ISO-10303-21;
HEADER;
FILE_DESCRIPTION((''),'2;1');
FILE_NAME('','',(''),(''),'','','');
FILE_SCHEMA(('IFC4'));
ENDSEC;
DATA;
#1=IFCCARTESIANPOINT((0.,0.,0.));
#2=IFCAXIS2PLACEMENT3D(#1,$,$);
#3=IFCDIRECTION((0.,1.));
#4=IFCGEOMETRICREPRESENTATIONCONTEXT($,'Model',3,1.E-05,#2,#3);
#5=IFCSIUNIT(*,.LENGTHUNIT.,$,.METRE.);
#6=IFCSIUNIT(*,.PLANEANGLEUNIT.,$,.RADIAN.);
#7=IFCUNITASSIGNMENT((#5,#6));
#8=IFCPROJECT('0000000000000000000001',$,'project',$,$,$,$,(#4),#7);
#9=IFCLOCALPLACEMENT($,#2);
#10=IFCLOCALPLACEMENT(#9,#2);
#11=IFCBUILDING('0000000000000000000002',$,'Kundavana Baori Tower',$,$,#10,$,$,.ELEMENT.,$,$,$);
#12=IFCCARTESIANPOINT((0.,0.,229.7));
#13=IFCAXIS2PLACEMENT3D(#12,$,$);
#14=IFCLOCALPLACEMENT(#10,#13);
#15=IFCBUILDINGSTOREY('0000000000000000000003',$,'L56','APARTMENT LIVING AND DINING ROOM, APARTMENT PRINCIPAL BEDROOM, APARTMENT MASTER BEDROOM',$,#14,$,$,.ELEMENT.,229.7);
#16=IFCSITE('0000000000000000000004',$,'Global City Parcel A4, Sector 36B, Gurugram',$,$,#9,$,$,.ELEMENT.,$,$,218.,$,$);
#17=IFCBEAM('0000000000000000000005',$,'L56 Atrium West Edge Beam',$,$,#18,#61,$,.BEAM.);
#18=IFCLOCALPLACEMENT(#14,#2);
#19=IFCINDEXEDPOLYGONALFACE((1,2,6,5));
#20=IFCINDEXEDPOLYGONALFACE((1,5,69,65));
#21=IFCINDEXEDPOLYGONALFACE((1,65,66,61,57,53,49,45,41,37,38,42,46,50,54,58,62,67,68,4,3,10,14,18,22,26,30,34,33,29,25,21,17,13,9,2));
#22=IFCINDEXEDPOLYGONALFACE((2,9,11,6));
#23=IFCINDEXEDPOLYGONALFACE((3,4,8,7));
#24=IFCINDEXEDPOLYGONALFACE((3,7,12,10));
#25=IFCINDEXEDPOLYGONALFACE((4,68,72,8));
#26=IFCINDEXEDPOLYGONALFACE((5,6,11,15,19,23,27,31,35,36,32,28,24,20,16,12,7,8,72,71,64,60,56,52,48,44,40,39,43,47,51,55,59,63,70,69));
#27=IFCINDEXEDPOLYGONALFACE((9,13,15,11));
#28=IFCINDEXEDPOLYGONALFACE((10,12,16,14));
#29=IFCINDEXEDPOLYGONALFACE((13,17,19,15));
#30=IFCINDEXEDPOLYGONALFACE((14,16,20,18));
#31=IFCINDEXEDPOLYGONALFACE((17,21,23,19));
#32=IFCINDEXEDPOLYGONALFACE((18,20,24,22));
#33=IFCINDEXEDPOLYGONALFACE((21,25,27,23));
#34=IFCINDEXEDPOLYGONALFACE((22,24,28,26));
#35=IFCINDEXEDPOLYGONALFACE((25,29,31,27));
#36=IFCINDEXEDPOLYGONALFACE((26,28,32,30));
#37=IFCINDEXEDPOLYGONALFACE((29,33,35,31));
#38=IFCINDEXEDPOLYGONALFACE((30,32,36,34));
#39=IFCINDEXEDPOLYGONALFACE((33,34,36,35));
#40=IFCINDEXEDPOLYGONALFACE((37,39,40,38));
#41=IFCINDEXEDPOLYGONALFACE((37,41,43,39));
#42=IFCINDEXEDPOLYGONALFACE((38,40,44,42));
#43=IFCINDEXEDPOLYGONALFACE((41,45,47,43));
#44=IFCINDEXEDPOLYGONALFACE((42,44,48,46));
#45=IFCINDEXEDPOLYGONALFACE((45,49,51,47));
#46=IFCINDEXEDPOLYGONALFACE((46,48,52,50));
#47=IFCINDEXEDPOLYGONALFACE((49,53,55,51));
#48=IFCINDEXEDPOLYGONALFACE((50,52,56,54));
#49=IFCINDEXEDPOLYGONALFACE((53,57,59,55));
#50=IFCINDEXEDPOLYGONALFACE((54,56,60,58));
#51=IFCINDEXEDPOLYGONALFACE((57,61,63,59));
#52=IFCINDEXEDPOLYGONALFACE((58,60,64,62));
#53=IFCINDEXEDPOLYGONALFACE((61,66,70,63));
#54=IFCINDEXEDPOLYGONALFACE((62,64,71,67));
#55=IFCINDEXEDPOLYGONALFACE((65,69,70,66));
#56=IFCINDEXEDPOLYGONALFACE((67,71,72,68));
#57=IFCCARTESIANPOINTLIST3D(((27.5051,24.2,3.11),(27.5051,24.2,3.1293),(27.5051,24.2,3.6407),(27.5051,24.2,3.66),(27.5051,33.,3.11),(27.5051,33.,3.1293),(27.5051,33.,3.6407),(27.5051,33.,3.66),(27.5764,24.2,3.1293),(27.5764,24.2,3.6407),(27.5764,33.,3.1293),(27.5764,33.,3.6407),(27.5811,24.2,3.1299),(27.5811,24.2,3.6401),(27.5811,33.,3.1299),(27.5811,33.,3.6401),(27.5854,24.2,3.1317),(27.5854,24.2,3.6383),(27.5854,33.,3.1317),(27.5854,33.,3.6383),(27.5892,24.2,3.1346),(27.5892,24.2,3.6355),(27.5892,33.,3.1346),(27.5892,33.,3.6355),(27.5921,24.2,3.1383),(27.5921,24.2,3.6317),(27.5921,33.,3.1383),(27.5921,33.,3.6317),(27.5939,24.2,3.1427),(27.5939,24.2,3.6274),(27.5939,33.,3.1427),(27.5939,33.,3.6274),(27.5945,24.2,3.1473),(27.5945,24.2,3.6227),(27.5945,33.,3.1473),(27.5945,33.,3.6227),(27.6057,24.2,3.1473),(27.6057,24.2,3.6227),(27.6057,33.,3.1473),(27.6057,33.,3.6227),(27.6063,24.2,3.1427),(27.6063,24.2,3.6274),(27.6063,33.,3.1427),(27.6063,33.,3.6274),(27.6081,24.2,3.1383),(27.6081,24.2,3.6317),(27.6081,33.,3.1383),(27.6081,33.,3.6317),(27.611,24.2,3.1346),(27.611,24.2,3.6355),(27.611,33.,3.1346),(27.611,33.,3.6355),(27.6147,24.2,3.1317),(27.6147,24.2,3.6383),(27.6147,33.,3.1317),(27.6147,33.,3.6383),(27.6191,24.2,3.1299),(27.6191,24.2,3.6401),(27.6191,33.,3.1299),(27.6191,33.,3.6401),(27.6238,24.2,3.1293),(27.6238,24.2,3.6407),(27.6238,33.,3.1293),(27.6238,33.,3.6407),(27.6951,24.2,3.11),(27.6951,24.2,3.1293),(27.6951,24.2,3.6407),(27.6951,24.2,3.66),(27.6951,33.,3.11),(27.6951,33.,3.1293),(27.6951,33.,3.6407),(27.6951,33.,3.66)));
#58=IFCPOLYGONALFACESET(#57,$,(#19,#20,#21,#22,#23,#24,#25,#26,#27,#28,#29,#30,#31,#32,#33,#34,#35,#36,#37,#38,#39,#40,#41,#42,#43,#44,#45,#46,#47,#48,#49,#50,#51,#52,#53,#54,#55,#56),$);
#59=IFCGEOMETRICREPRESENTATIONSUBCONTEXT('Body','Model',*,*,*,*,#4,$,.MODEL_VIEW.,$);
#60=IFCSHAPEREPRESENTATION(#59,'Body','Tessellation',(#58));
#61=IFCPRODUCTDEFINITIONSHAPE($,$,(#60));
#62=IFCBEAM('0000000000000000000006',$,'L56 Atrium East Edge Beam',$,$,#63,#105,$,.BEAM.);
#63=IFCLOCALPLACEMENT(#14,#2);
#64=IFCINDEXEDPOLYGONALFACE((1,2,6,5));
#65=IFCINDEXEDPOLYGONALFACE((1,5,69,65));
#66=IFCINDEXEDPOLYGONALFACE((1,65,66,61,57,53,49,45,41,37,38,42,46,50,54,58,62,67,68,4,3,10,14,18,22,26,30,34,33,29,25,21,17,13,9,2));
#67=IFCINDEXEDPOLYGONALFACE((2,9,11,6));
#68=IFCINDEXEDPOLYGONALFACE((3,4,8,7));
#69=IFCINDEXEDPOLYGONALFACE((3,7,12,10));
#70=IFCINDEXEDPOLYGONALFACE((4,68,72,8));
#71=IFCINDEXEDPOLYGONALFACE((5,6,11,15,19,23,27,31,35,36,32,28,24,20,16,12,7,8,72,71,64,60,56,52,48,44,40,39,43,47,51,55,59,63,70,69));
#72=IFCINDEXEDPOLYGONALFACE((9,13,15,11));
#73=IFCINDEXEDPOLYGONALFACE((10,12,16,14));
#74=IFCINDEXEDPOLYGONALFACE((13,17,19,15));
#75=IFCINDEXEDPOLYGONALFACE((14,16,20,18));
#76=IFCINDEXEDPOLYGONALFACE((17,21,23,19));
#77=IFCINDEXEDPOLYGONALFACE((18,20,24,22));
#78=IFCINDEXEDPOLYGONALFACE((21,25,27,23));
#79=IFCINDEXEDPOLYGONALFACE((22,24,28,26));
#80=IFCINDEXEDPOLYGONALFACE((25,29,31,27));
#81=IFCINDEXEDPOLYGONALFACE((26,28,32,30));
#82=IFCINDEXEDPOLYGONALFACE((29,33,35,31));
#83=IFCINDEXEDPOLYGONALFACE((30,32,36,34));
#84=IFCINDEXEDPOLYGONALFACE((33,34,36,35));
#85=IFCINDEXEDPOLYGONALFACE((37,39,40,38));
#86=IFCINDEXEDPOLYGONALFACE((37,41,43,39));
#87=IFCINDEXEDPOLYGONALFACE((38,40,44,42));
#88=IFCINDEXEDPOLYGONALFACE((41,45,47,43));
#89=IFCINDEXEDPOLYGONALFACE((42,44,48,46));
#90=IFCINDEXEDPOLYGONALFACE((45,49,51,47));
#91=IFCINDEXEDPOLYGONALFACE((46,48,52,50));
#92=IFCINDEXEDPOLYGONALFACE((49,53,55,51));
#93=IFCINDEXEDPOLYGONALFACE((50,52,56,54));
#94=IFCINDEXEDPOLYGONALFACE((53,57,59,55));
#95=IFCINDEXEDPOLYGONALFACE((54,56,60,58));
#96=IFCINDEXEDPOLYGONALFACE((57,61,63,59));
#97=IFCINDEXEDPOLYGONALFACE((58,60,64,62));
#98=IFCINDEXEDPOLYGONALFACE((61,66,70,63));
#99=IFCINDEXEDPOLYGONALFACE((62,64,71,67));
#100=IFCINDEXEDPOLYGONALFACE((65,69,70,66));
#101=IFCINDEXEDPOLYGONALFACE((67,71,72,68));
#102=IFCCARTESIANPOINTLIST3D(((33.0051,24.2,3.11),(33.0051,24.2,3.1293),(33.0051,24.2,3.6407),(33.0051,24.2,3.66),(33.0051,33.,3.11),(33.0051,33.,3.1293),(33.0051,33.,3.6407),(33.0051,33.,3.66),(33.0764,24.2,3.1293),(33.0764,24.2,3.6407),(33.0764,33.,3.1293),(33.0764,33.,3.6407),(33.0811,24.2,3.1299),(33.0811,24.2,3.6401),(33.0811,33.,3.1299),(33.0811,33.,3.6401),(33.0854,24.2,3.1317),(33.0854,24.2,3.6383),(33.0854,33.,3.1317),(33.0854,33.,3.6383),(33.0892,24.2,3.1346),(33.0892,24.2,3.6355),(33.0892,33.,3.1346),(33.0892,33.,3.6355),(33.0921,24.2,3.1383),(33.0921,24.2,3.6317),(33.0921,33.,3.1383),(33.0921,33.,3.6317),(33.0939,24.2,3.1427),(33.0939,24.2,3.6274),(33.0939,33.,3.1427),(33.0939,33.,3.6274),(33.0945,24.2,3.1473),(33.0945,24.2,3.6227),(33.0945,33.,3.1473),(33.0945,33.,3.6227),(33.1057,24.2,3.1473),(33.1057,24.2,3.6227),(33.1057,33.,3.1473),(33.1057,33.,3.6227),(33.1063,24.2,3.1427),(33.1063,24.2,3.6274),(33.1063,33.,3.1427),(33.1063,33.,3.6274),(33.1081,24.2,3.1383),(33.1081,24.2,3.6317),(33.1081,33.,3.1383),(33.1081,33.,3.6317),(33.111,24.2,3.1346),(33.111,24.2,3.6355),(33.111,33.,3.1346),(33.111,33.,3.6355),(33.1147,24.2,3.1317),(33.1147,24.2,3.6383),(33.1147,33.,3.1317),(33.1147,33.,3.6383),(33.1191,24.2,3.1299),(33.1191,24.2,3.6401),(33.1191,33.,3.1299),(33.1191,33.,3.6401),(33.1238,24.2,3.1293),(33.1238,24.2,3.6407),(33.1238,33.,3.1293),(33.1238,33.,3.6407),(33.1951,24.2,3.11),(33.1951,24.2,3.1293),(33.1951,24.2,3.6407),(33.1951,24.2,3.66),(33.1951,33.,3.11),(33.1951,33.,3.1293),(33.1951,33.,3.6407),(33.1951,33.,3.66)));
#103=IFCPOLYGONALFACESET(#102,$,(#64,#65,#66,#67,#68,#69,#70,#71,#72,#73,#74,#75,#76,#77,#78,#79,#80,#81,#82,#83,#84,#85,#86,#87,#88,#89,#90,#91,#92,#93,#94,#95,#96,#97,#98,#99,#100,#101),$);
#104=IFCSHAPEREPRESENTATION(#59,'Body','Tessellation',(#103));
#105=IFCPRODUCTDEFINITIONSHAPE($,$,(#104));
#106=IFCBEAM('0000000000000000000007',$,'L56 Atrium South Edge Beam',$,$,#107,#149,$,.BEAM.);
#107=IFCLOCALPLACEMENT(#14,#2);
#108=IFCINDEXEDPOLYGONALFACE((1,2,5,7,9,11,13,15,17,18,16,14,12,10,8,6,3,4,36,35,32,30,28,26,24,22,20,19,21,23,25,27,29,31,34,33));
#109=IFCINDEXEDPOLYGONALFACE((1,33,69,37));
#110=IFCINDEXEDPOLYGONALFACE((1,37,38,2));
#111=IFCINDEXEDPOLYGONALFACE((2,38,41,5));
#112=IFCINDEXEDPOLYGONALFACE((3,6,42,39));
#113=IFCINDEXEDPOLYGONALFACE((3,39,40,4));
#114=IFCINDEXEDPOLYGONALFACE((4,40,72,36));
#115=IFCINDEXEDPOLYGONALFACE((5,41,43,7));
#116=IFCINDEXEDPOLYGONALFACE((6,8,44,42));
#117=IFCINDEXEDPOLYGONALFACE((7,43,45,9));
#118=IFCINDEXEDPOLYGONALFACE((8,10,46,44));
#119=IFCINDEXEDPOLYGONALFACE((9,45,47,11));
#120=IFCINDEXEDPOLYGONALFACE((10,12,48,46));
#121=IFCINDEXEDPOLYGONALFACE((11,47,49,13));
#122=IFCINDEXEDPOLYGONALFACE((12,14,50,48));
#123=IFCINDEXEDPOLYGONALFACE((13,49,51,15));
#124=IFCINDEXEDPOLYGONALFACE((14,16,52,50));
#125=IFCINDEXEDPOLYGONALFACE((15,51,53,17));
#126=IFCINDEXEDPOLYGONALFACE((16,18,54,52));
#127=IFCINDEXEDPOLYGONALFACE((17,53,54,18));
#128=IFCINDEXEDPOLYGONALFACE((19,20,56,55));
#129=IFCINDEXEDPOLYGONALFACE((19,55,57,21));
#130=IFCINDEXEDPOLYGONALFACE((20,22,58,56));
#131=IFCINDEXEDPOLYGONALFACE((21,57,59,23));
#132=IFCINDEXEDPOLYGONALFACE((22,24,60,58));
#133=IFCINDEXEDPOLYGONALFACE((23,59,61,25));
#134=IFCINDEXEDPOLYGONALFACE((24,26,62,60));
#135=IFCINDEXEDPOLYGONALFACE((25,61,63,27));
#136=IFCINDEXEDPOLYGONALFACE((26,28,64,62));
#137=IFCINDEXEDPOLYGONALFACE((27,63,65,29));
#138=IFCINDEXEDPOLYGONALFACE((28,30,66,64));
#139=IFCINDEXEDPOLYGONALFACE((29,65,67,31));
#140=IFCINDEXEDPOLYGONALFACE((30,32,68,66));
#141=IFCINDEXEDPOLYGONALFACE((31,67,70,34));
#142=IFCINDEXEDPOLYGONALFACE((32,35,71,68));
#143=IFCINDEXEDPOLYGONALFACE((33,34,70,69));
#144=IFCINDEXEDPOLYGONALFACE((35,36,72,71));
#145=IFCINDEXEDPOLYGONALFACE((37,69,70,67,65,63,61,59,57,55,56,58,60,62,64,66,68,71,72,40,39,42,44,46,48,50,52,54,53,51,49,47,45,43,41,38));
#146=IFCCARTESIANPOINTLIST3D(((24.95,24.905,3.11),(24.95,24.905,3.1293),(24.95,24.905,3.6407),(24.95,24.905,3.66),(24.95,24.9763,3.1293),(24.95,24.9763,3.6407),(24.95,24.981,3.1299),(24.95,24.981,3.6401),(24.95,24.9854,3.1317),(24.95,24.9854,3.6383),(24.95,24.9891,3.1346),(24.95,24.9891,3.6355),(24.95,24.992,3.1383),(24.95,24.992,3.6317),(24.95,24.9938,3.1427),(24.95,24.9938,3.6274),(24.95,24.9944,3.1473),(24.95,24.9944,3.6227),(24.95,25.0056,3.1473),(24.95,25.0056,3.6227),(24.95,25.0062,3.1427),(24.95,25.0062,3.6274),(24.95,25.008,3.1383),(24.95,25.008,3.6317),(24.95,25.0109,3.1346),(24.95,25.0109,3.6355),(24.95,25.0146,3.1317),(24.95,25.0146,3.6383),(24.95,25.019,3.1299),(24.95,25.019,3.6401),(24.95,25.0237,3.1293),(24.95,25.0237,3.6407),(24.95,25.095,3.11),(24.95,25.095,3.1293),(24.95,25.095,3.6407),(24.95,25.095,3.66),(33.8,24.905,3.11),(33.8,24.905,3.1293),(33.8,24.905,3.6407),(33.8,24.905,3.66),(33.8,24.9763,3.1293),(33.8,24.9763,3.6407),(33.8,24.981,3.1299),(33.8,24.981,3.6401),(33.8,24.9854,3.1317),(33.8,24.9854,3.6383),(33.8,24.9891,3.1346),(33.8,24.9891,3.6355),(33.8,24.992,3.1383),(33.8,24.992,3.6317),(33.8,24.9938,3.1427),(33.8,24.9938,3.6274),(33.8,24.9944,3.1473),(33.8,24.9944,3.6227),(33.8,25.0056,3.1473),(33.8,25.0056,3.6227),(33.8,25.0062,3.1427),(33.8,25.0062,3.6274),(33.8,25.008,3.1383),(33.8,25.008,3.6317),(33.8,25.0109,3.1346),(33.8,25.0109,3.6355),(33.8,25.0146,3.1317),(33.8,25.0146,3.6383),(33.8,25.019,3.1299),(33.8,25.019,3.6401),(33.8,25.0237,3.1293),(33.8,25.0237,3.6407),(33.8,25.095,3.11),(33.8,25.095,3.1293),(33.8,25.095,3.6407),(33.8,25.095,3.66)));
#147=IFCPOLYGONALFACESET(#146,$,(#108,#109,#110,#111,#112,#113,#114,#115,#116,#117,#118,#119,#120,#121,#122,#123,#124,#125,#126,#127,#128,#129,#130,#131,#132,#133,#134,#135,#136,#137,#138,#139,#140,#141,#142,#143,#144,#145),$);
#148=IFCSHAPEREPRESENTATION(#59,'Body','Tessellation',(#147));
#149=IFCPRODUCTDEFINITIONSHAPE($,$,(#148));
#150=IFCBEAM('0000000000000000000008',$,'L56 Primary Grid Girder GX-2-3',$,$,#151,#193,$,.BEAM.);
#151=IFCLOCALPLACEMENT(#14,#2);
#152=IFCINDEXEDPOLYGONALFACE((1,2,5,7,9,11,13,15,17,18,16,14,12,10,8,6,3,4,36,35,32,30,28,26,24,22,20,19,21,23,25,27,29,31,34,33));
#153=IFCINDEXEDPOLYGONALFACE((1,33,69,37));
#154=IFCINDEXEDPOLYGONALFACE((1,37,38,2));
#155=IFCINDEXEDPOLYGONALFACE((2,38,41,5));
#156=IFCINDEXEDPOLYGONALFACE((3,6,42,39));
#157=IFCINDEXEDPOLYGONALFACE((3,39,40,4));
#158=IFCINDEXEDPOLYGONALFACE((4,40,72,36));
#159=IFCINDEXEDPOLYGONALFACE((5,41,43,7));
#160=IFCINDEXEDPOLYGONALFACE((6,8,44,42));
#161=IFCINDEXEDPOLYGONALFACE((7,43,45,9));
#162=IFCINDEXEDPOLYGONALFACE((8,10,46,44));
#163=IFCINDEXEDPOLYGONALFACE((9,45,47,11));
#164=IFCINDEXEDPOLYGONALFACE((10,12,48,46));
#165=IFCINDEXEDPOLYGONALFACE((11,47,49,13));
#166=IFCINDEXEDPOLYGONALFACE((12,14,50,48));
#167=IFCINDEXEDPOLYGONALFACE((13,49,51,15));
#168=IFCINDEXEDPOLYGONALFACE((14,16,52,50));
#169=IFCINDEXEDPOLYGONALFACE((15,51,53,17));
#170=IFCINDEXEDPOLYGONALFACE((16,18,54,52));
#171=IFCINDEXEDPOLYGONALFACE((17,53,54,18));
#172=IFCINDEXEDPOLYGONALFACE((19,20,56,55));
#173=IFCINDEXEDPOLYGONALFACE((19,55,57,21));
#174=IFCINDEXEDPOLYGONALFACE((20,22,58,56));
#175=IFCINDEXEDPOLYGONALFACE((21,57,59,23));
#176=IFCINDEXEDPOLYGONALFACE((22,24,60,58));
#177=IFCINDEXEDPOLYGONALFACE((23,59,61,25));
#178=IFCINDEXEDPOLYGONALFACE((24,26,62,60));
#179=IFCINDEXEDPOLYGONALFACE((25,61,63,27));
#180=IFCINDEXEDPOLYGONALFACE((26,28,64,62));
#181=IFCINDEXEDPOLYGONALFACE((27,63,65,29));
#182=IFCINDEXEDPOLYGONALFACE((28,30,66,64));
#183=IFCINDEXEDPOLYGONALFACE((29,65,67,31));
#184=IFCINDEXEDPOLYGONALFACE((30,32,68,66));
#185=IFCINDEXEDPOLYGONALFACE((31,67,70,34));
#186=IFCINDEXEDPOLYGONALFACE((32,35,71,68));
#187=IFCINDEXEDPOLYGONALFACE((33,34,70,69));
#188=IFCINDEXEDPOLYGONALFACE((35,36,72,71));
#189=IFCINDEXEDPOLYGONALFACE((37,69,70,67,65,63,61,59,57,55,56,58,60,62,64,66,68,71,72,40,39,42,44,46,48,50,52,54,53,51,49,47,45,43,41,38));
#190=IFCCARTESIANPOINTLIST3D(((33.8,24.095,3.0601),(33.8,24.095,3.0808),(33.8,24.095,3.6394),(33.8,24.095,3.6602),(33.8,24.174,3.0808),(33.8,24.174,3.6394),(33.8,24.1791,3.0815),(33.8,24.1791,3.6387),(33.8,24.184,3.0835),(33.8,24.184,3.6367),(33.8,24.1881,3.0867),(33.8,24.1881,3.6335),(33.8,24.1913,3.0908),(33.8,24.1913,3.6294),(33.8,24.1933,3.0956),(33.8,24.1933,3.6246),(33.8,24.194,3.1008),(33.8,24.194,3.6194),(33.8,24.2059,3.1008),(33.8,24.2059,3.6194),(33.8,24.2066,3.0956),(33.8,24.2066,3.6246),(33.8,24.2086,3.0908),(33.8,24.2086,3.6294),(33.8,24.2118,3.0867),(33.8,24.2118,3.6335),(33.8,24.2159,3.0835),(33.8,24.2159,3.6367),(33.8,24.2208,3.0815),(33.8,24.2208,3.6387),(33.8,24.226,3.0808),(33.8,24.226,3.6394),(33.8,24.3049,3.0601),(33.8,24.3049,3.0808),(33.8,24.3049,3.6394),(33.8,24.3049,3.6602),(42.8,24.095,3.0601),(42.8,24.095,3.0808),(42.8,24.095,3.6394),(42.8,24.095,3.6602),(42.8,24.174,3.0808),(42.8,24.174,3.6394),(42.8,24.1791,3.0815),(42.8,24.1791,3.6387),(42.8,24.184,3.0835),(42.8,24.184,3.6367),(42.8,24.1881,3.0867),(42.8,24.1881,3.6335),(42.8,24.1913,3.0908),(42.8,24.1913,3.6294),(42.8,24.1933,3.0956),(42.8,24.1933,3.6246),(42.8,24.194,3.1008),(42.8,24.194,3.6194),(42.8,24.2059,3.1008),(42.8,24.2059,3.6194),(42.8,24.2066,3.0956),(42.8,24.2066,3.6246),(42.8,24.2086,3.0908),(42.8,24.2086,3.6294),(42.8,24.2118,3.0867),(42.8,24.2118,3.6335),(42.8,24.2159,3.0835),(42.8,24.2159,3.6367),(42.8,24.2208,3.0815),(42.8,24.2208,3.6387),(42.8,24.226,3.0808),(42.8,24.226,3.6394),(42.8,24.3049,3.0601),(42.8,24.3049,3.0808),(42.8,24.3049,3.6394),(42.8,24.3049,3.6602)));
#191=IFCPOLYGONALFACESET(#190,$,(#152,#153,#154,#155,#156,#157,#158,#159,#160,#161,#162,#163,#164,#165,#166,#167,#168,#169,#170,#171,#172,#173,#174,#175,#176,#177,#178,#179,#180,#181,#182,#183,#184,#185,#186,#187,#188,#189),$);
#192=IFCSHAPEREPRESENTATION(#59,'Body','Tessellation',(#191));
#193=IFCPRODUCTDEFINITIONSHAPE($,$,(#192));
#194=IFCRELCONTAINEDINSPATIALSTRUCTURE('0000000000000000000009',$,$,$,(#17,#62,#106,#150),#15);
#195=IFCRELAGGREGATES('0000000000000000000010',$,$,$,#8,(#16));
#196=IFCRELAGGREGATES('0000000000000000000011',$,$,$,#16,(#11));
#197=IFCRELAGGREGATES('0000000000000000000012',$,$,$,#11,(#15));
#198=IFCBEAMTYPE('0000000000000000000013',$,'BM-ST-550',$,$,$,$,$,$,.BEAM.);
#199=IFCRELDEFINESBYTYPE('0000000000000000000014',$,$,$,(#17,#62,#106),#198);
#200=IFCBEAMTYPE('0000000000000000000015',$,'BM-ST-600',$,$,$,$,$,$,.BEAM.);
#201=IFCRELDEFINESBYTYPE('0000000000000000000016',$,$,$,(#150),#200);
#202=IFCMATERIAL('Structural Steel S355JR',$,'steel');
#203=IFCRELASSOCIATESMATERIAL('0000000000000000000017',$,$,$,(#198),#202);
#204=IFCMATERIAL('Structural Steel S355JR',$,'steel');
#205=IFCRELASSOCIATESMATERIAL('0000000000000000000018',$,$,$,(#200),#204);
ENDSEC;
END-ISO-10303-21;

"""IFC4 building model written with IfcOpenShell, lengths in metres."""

from ifc_helpers import new_model, si_unit, direction, frame, origin, origin_2d, place, context, subcontext, project, spatial, i_section, extrude, material, material_profile, profile_set, type_object, element, save


model = new_model("IFC4")

# Units and contexts
model_context = context("Model", 3, precision=1e-05, world=origin(), true_north=direction((0.0, 1.0)))
body_context = subcontext(model_context, "Body", "Model", "MODEL_VIEW")
ifc_project = project(units=[si_unit("LENGTHUNIT", "METRE"), si_unit("PLANEANGLEUNIT", "RADIAN")], contexts=[model_context])

# Site, building, storey
site_placement = place(None, origin())
site = spatial("IfcSite", under=ifc_project, at=site_placement, Name="Global City Parcel A4, Sector 36B, Gurugram", CompositionType="ELEMENT", RefElevation=218.0)
building_placement = place(site_placement, origin())
building = spatial("IfcBuilding", under=site, at=building_placement, Name="Kundavana Baori Tower", CompositionType="ELEMENT")
storey_placement = place(building_placement, frame((0.0, 0.0, 229.7)))
storey = spatial("IfcBuildingStorey", under=building, at=storey_placement, Name="L56", Description="APARTMENT LIVING AND DINING ROOM, APARTMENT PRINCIPAL BEDROOM, APARTMENT MASTER BEDROOM", CompositionType="ELEMENT", Elevation=229.7)

# Beams
ifc_material_1 = material(Name="Structural Steel S355JR", Category="steel")
ifc_material_profile_1 = material_profile(ifc_material_1, i_section(OverallWidth=0.1899, OverallDepth=0.55, WebThickness=0.0112, FlangeThickness=0.0193, FilletRadius=0.0181, at=origin_2d()), Name="ISMB 550")
ifc_profile_set_1 = profile_set([ifc_material_profile_1], Name="Structural Steel S355JR")
beam_type_1 = type_object("IfcBeamType", Name="BM-ST-550", PredefinedType="BEAM", material=ifc_profile_set_1)
for number, where, z_axis, x_axis, name in (
    (1, (27.6001, 24.2, 3.385), (0.0, 1.0, 0.0), (-1.0, 0.0, 0.0), "L56 Atrium West Edge Beam"),
    (2, (33.1001, 24.2, 3.385), (0.0, 1.0, 0.0), (-1.0, 0.0, 0.0), "L56 Atrium East Edge Beam"),
):
    element("IfcBeam", number, at=place(storey_placement, frame(where, z_axis=z_axis, x_axis=x_axis)), inside=storey, type_object=beam_type_1, Name=name, PredefinedType="BEAM", context=body_context, shape_type="SweptSolid", body=[
        extrude(i_section(OverallWidth=0.1899, OverallDepth=0.55, WebThickness=0.0112, FlangeThickness=0.0193, FilletRadius=0.0181, at=origin_2d()), origin(), (0.0, 0.0, 1.0), 8.8),
    ])
beam_1_placement = place(storey_placement, frame((24.95, 25.0, 3.385), z_axis=(1.0, 0.0, 0.0), x_axis=(0.0, 1.0, 0.0)))
element("IfcBeam", 3, at=beam_1_placement, inside=storey, type_object=beam_type_1, Name="L56 Atrium South Edge Beam", PredefinedType="BEAM", context=body_context, shape_type="SweptSolid", body=[
    extrude(i_section(OverallWidth=0.1899, OverallDepth=0.55, WebThickness=0.0112, FlangeThickness=0.0193, FilletRadius=0.0181, at=origin_2d()), origin(), (0.0, 0.0, 1.0), 8.8501),
])
ifc_material_2 = material(Name="Structural Steel S355JR", Category="steel")
ifc_material_profile_2 = material_profile(ifc_material_2, i_section(OverallWidth=0.21, OverallDepth=0.6001, WebThickness=0.012, FlangeThickness=0.0208, FilletRadius=0.02, at=origin_2d()), Name="ISMB 600")
ifc_profile_set_2 = profile_set([ifc_material_profile_2], Name="Structural Steel S355JR")
beam_type_2 = type_object("IfcBeamType", Name="BM-ST-600", PredefinedType="BEAM", material=ifc_profile_set_2)
beam_2_placement = place(storey_placement, frame((33.8, 24.2, 3.3601), z_axis=(1.0, 0.0, 0.0), x_axis=(0.0, 1.0, 0.0)))
element("IfcBeam", 4, at=beam_2_placement, inside=storey, type_object=beam_type_2, Name="L56 Primary Grid Girder GX-2-3", PredefinedType="BEAM", context=body_context, shape_type="SweptSolid", body=[
    extrude(i_section(OverallWidth=0.21, OverallDepth=0.6001, WebThickness=0.012, FlangeThickness=0.0208, FilletRadius=0.02, at=origin_2d()), origin(), (0.0, 0.0, 1.0), 9.0),
])

save(model, "model.ifc")
